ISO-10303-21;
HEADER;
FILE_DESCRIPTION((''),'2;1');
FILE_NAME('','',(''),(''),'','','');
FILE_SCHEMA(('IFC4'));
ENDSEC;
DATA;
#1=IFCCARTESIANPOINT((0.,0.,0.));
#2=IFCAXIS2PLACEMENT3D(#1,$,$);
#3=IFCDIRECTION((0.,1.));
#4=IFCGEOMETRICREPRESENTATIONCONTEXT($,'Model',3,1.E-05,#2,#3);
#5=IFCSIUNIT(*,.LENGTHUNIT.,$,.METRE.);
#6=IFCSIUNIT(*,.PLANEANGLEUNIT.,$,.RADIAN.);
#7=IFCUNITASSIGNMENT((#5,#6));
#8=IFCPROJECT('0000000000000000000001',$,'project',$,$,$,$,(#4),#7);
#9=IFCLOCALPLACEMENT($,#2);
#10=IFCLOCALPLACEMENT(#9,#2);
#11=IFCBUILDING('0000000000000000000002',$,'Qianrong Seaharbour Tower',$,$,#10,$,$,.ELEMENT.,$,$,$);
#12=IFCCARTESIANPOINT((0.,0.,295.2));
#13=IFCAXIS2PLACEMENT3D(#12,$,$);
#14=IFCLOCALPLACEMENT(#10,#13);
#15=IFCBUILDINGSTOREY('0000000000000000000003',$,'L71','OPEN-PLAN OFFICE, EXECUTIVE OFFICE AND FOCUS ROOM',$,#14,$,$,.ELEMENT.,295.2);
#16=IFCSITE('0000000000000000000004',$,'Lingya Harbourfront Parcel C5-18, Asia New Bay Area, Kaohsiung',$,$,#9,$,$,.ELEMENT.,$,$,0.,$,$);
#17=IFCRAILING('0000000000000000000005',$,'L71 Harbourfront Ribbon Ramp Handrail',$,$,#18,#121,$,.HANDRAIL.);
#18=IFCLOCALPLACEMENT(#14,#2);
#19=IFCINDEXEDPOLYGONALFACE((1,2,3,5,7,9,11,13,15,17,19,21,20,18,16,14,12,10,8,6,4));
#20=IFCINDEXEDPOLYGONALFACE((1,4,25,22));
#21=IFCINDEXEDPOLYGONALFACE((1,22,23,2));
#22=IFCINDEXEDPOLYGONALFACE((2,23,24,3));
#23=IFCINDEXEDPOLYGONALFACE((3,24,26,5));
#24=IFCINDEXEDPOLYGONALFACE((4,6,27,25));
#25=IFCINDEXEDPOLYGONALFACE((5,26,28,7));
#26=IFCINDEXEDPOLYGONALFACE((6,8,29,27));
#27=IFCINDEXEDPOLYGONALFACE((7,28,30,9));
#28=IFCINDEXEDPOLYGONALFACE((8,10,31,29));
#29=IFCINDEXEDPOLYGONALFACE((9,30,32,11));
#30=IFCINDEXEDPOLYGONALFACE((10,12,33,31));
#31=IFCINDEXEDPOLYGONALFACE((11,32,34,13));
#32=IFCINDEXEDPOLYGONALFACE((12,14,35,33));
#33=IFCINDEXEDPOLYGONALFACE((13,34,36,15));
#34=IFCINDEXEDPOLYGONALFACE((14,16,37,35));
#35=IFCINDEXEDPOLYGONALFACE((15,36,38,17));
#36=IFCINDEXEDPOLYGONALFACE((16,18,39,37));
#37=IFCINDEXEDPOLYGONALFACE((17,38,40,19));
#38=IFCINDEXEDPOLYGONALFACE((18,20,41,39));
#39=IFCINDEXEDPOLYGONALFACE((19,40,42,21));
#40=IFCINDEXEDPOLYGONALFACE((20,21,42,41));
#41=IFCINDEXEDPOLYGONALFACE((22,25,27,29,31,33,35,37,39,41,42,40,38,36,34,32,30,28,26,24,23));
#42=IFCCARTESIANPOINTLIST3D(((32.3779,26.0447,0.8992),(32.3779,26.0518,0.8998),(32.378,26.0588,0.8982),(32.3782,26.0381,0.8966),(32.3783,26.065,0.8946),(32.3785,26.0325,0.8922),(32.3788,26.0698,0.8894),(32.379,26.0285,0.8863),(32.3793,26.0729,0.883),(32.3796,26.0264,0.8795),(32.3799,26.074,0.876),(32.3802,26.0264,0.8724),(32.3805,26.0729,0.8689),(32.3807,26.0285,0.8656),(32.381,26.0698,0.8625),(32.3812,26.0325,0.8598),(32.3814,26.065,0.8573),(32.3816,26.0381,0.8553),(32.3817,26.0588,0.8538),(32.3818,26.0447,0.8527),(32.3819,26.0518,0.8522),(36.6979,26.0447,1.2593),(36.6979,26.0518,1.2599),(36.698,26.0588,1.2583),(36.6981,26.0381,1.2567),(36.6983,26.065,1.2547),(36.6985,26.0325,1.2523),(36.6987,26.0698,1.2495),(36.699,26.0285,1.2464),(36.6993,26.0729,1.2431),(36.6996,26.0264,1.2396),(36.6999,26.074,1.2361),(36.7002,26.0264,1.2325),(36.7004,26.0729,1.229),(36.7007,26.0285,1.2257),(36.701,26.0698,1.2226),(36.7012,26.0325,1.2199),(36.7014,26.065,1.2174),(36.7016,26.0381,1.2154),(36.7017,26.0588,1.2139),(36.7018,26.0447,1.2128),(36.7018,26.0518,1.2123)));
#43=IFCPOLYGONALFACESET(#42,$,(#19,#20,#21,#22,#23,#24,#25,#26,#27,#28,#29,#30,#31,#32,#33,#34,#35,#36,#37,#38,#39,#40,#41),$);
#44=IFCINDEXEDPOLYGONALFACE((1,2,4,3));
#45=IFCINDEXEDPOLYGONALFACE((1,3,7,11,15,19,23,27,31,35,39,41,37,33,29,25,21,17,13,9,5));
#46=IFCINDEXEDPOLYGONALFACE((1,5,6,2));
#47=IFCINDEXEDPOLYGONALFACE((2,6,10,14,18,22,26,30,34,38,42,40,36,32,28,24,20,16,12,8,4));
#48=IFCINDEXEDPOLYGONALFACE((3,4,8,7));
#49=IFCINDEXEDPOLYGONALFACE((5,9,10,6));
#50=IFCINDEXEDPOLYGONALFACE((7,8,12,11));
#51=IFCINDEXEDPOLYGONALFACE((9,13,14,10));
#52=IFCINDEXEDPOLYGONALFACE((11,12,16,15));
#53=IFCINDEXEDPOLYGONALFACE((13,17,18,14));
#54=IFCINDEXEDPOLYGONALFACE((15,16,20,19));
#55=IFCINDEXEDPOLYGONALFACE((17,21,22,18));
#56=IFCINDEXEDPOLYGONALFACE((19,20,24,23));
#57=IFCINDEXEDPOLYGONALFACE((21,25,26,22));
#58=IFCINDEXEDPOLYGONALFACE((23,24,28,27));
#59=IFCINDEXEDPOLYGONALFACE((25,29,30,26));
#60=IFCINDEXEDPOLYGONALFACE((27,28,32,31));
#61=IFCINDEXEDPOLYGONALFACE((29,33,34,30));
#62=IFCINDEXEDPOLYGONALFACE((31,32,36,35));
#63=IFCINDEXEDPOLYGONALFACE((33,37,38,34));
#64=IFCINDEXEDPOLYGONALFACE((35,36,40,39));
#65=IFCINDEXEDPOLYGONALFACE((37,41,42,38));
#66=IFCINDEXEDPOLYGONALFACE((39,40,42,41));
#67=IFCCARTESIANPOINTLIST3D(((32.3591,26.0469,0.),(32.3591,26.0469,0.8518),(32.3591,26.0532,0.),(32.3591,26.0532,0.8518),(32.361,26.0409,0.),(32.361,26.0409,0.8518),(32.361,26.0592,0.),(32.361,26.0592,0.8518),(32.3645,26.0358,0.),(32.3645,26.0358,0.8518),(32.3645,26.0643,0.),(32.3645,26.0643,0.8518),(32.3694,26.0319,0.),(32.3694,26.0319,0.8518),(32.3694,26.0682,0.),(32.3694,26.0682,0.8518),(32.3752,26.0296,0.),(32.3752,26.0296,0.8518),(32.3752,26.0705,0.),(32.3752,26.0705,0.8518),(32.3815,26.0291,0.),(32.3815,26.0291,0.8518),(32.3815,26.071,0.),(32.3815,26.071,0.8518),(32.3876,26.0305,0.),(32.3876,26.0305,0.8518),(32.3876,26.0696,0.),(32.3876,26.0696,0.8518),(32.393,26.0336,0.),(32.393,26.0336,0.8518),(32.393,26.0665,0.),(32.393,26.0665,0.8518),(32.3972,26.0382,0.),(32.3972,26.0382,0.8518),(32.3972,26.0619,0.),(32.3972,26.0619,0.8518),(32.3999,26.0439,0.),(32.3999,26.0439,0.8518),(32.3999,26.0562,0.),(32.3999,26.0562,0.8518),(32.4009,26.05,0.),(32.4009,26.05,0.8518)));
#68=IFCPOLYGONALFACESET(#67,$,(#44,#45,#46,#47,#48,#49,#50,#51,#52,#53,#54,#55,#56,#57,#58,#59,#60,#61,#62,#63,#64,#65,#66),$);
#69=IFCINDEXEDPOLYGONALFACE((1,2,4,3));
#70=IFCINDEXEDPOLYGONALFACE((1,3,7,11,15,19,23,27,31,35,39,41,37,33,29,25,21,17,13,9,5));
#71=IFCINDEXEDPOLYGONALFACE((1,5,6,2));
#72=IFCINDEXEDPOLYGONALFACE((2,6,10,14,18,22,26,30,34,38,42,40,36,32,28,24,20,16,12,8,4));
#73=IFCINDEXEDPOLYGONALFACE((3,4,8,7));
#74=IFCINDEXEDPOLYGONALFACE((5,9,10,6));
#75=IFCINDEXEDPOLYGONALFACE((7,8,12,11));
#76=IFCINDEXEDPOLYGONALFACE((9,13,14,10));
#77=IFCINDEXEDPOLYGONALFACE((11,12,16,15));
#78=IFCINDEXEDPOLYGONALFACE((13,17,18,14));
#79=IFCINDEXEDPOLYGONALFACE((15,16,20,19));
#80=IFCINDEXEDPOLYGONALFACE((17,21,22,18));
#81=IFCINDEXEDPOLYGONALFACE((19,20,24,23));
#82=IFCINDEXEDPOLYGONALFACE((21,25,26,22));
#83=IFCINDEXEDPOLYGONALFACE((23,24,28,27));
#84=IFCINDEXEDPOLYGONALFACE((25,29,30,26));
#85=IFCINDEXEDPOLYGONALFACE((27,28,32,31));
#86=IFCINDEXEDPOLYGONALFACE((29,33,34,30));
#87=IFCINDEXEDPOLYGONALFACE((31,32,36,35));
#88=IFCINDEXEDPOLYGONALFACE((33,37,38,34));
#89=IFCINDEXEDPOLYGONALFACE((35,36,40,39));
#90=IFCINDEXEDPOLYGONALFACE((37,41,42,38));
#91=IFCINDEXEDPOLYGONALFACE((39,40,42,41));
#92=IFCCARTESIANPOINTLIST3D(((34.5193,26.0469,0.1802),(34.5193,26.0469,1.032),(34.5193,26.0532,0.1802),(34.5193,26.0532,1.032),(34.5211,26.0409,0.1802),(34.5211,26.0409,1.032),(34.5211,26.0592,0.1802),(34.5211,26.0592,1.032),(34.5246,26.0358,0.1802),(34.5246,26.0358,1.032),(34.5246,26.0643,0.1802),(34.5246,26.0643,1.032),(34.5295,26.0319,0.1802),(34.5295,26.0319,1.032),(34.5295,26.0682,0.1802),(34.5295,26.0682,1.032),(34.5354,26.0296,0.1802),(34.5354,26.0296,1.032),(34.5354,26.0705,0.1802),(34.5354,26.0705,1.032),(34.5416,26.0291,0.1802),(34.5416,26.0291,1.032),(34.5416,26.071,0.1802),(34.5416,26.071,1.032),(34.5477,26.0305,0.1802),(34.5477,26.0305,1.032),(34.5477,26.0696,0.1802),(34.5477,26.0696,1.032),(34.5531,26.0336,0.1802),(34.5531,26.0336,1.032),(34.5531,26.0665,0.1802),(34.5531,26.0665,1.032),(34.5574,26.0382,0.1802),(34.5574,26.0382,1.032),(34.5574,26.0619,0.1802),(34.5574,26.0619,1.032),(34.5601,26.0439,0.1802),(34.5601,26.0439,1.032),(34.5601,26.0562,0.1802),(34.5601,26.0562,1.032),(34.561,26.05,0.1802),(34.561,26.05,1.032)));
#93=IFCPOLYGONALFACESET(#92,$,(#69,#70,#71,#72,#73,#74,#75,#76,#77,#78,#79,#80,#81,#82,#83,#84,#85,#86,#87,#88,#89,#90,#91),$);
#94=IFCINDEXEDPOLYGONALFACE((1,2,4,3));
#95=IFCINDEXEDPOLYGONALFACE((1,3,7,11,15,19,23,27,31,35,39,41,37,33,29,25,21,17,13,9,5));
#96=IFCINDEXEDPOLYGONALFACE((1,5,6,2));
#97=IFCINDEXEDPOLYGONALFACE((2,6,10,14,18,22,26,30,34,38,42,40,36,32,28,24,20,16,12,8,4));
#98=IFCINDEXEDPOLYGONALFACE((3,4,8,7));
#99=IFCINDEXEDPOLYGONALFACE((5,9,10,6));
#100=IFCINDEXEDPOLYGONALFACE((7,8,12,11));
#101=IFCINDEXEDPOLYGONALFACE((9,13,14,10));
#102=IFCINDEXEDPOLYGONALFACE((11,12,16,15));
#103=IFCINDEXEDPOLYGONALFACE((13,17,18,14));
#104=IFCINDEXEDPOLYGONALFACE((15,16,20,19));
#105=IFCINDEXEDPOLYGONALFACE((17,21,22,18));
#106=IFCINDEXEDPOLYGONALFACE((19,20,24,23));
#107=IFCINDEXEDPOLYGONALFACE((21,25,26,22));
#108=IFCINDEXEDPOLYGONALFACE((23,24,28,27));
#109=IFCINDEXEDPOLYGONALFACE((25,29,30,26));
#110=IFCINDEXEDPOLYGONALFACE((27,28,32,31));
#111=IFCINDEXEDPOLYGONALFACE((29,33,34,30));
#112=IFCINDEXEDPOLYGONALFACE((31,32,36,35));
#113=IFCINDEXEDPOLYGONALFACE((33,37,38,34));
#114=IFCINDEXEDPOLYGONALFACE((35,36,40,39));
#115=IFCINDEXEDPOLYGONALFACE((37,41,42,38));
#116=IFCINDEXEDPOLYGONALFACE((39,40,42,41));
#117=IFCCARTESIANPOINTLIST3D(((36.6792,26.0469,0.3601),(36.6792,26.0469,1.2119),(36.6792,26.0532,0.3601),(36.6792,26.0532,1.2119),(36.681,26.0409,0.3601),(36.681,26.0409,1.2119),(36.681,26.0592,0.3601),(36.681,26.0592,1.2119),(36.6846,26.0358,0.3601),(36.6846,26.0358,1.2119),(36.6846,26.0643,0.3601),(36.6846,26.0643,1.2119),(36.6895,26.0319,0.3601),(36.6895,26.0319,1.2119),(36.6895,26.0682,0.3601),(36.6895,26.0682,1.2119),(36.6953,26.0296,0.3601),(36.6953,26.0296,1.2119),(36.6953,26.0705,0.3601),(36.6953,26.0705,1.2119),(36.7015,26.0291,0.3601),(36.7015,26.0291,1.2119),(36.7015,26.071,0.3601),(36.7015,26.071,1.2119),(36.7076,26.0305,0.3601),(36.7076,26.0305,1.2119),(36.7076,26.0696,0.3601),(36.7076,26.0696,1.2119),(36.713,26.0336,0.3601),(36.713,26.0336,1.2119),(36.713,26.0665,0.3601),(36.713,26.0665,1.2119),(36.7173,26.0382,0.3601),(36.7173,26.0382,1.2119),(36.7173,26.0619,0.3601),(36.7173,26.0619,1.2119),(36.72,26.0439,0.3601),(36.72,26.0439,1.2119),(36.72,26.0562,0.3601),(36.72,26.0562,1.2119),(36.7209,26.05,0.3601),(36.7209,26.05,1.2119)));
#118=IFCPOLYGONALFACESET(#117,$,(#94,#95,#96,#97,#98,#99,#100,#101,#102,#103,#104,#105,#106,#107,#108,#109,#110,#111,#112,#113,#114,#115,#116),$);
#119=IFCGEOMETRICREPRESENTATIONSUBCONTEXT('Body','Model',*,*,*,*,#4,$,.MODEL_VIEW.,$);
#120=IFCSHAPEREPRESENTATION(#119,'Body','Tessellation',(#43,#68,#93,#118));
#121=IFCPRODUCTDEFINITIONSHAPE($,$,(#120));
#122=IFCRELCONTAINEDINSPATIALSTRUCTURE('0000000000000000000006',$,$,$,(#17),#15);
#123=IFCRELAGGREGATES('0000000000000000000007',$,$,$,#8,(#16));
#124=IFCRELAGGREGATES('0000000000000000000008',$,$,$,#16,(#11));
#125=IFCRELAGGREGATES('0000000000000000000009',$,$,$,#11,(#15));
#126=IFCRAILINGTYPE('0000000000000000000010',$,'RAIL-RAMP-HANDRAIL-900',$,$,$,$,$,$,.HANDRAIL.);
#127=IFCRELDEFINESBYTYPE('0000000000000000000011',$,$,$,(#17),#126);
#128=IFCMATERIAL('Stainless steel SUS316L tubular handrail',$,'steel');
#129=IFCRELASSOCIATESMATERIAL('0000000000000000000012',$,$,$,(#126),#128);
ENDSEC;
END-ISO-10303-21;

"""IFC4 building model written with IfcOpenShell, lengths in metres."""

from ifc_helpers import new_model, si_unit, direction, frame, origin, origin_2d, place, context, subcontext, project, spatial, circle, extrude, material, type_object, element, save


model = new_model("IFC4")

# Units and contexts
model_context = context("Model", 3, precision=1e-05, world=origin(), true_north=direction((0.0, 1.0)))
body_context = subcontext(model_context, "Body", "Model", "MODEL_VIEW")
ifc_project = project(units=[si_unit("LENGTHUNIT", "METRE"), si_unit("PLANEANGLEUNIT", "RADIAN")], contexts=[model_context])

# Site, building, storey
site_placement = place(None, origin())
site = spatial("IfcSite", under=ifc_project, at=site_placement, Name="Lingya Harbourfront Parcel C5-18, Asia New Bay Area, Kaohsiung", CompositionType="ELEMENT", RefElevation=0.0)
building_placement = place(site_placement, origin())
building = spatial("IfcBuilding", under=site, at=building_placement, Name="Qianrong Seaharbour Tower", CompositionType="ELEMENT")
storey_placement = place(building_placement, frame((0.0, 0.0, 295.2)))
storey = spatial("IfcBuildingStorey", under=building, at=storey_placement, Name="L71", Description="OPEN-PLAN OFFICE, EXECUTIVE OFFICE AND FOCUS ROOM", CompositionType="ELEMENT", Elevation=295.2)

# Railing
ifc_material_1 = material(Name="Stainless steel SUS316L tubular handrail", Category="steel")
railing_type = type_object("IfcRailingType", Name="RAIL-RAMP-HANDRAIL-900", PredefinedType="HANDRAIL", material=ifc_material_1)
railing_placement = place(storey_placement, frame((32.3799, 26.05, 0.0)))
element("IfcRailing", 1, at=railing_placement, inside=storey, type_object=railing_type, Name="L71 Harbourfront Ribbon Ramp Handrail", PredefinedType="HANDRAIL", context=body_context, shape_type="SweptSolid", body=[
    extrude(circle(Radius=0.0239, at=origin_2d()), frame((0.0, 0.0, 0.876), z_axis=(0.996544, 0.0, 0.083069), x_axis=(0.0, 1.0, 0.0)), (0.0, 0.0, 1.0), 4.335),
    extrude(circle(Radius=0.021, at=origin_2d()), origin(), (0.0, 0.0, 1.0), 0.8518),
    extrude(circle(Radius=0.021, at=origin_2d()), frame((2.1602, 0.0, 0.1802)), (0.0, 0.0, 1.0), 0.8518),
    extrude(circle(Radius=0.021, at=origin_2d()), frame((4.3201, 0.0, 0.3601)), (0.0, 0.0, 1.0), 0.8518),
])

save(model, "model.ifc")
